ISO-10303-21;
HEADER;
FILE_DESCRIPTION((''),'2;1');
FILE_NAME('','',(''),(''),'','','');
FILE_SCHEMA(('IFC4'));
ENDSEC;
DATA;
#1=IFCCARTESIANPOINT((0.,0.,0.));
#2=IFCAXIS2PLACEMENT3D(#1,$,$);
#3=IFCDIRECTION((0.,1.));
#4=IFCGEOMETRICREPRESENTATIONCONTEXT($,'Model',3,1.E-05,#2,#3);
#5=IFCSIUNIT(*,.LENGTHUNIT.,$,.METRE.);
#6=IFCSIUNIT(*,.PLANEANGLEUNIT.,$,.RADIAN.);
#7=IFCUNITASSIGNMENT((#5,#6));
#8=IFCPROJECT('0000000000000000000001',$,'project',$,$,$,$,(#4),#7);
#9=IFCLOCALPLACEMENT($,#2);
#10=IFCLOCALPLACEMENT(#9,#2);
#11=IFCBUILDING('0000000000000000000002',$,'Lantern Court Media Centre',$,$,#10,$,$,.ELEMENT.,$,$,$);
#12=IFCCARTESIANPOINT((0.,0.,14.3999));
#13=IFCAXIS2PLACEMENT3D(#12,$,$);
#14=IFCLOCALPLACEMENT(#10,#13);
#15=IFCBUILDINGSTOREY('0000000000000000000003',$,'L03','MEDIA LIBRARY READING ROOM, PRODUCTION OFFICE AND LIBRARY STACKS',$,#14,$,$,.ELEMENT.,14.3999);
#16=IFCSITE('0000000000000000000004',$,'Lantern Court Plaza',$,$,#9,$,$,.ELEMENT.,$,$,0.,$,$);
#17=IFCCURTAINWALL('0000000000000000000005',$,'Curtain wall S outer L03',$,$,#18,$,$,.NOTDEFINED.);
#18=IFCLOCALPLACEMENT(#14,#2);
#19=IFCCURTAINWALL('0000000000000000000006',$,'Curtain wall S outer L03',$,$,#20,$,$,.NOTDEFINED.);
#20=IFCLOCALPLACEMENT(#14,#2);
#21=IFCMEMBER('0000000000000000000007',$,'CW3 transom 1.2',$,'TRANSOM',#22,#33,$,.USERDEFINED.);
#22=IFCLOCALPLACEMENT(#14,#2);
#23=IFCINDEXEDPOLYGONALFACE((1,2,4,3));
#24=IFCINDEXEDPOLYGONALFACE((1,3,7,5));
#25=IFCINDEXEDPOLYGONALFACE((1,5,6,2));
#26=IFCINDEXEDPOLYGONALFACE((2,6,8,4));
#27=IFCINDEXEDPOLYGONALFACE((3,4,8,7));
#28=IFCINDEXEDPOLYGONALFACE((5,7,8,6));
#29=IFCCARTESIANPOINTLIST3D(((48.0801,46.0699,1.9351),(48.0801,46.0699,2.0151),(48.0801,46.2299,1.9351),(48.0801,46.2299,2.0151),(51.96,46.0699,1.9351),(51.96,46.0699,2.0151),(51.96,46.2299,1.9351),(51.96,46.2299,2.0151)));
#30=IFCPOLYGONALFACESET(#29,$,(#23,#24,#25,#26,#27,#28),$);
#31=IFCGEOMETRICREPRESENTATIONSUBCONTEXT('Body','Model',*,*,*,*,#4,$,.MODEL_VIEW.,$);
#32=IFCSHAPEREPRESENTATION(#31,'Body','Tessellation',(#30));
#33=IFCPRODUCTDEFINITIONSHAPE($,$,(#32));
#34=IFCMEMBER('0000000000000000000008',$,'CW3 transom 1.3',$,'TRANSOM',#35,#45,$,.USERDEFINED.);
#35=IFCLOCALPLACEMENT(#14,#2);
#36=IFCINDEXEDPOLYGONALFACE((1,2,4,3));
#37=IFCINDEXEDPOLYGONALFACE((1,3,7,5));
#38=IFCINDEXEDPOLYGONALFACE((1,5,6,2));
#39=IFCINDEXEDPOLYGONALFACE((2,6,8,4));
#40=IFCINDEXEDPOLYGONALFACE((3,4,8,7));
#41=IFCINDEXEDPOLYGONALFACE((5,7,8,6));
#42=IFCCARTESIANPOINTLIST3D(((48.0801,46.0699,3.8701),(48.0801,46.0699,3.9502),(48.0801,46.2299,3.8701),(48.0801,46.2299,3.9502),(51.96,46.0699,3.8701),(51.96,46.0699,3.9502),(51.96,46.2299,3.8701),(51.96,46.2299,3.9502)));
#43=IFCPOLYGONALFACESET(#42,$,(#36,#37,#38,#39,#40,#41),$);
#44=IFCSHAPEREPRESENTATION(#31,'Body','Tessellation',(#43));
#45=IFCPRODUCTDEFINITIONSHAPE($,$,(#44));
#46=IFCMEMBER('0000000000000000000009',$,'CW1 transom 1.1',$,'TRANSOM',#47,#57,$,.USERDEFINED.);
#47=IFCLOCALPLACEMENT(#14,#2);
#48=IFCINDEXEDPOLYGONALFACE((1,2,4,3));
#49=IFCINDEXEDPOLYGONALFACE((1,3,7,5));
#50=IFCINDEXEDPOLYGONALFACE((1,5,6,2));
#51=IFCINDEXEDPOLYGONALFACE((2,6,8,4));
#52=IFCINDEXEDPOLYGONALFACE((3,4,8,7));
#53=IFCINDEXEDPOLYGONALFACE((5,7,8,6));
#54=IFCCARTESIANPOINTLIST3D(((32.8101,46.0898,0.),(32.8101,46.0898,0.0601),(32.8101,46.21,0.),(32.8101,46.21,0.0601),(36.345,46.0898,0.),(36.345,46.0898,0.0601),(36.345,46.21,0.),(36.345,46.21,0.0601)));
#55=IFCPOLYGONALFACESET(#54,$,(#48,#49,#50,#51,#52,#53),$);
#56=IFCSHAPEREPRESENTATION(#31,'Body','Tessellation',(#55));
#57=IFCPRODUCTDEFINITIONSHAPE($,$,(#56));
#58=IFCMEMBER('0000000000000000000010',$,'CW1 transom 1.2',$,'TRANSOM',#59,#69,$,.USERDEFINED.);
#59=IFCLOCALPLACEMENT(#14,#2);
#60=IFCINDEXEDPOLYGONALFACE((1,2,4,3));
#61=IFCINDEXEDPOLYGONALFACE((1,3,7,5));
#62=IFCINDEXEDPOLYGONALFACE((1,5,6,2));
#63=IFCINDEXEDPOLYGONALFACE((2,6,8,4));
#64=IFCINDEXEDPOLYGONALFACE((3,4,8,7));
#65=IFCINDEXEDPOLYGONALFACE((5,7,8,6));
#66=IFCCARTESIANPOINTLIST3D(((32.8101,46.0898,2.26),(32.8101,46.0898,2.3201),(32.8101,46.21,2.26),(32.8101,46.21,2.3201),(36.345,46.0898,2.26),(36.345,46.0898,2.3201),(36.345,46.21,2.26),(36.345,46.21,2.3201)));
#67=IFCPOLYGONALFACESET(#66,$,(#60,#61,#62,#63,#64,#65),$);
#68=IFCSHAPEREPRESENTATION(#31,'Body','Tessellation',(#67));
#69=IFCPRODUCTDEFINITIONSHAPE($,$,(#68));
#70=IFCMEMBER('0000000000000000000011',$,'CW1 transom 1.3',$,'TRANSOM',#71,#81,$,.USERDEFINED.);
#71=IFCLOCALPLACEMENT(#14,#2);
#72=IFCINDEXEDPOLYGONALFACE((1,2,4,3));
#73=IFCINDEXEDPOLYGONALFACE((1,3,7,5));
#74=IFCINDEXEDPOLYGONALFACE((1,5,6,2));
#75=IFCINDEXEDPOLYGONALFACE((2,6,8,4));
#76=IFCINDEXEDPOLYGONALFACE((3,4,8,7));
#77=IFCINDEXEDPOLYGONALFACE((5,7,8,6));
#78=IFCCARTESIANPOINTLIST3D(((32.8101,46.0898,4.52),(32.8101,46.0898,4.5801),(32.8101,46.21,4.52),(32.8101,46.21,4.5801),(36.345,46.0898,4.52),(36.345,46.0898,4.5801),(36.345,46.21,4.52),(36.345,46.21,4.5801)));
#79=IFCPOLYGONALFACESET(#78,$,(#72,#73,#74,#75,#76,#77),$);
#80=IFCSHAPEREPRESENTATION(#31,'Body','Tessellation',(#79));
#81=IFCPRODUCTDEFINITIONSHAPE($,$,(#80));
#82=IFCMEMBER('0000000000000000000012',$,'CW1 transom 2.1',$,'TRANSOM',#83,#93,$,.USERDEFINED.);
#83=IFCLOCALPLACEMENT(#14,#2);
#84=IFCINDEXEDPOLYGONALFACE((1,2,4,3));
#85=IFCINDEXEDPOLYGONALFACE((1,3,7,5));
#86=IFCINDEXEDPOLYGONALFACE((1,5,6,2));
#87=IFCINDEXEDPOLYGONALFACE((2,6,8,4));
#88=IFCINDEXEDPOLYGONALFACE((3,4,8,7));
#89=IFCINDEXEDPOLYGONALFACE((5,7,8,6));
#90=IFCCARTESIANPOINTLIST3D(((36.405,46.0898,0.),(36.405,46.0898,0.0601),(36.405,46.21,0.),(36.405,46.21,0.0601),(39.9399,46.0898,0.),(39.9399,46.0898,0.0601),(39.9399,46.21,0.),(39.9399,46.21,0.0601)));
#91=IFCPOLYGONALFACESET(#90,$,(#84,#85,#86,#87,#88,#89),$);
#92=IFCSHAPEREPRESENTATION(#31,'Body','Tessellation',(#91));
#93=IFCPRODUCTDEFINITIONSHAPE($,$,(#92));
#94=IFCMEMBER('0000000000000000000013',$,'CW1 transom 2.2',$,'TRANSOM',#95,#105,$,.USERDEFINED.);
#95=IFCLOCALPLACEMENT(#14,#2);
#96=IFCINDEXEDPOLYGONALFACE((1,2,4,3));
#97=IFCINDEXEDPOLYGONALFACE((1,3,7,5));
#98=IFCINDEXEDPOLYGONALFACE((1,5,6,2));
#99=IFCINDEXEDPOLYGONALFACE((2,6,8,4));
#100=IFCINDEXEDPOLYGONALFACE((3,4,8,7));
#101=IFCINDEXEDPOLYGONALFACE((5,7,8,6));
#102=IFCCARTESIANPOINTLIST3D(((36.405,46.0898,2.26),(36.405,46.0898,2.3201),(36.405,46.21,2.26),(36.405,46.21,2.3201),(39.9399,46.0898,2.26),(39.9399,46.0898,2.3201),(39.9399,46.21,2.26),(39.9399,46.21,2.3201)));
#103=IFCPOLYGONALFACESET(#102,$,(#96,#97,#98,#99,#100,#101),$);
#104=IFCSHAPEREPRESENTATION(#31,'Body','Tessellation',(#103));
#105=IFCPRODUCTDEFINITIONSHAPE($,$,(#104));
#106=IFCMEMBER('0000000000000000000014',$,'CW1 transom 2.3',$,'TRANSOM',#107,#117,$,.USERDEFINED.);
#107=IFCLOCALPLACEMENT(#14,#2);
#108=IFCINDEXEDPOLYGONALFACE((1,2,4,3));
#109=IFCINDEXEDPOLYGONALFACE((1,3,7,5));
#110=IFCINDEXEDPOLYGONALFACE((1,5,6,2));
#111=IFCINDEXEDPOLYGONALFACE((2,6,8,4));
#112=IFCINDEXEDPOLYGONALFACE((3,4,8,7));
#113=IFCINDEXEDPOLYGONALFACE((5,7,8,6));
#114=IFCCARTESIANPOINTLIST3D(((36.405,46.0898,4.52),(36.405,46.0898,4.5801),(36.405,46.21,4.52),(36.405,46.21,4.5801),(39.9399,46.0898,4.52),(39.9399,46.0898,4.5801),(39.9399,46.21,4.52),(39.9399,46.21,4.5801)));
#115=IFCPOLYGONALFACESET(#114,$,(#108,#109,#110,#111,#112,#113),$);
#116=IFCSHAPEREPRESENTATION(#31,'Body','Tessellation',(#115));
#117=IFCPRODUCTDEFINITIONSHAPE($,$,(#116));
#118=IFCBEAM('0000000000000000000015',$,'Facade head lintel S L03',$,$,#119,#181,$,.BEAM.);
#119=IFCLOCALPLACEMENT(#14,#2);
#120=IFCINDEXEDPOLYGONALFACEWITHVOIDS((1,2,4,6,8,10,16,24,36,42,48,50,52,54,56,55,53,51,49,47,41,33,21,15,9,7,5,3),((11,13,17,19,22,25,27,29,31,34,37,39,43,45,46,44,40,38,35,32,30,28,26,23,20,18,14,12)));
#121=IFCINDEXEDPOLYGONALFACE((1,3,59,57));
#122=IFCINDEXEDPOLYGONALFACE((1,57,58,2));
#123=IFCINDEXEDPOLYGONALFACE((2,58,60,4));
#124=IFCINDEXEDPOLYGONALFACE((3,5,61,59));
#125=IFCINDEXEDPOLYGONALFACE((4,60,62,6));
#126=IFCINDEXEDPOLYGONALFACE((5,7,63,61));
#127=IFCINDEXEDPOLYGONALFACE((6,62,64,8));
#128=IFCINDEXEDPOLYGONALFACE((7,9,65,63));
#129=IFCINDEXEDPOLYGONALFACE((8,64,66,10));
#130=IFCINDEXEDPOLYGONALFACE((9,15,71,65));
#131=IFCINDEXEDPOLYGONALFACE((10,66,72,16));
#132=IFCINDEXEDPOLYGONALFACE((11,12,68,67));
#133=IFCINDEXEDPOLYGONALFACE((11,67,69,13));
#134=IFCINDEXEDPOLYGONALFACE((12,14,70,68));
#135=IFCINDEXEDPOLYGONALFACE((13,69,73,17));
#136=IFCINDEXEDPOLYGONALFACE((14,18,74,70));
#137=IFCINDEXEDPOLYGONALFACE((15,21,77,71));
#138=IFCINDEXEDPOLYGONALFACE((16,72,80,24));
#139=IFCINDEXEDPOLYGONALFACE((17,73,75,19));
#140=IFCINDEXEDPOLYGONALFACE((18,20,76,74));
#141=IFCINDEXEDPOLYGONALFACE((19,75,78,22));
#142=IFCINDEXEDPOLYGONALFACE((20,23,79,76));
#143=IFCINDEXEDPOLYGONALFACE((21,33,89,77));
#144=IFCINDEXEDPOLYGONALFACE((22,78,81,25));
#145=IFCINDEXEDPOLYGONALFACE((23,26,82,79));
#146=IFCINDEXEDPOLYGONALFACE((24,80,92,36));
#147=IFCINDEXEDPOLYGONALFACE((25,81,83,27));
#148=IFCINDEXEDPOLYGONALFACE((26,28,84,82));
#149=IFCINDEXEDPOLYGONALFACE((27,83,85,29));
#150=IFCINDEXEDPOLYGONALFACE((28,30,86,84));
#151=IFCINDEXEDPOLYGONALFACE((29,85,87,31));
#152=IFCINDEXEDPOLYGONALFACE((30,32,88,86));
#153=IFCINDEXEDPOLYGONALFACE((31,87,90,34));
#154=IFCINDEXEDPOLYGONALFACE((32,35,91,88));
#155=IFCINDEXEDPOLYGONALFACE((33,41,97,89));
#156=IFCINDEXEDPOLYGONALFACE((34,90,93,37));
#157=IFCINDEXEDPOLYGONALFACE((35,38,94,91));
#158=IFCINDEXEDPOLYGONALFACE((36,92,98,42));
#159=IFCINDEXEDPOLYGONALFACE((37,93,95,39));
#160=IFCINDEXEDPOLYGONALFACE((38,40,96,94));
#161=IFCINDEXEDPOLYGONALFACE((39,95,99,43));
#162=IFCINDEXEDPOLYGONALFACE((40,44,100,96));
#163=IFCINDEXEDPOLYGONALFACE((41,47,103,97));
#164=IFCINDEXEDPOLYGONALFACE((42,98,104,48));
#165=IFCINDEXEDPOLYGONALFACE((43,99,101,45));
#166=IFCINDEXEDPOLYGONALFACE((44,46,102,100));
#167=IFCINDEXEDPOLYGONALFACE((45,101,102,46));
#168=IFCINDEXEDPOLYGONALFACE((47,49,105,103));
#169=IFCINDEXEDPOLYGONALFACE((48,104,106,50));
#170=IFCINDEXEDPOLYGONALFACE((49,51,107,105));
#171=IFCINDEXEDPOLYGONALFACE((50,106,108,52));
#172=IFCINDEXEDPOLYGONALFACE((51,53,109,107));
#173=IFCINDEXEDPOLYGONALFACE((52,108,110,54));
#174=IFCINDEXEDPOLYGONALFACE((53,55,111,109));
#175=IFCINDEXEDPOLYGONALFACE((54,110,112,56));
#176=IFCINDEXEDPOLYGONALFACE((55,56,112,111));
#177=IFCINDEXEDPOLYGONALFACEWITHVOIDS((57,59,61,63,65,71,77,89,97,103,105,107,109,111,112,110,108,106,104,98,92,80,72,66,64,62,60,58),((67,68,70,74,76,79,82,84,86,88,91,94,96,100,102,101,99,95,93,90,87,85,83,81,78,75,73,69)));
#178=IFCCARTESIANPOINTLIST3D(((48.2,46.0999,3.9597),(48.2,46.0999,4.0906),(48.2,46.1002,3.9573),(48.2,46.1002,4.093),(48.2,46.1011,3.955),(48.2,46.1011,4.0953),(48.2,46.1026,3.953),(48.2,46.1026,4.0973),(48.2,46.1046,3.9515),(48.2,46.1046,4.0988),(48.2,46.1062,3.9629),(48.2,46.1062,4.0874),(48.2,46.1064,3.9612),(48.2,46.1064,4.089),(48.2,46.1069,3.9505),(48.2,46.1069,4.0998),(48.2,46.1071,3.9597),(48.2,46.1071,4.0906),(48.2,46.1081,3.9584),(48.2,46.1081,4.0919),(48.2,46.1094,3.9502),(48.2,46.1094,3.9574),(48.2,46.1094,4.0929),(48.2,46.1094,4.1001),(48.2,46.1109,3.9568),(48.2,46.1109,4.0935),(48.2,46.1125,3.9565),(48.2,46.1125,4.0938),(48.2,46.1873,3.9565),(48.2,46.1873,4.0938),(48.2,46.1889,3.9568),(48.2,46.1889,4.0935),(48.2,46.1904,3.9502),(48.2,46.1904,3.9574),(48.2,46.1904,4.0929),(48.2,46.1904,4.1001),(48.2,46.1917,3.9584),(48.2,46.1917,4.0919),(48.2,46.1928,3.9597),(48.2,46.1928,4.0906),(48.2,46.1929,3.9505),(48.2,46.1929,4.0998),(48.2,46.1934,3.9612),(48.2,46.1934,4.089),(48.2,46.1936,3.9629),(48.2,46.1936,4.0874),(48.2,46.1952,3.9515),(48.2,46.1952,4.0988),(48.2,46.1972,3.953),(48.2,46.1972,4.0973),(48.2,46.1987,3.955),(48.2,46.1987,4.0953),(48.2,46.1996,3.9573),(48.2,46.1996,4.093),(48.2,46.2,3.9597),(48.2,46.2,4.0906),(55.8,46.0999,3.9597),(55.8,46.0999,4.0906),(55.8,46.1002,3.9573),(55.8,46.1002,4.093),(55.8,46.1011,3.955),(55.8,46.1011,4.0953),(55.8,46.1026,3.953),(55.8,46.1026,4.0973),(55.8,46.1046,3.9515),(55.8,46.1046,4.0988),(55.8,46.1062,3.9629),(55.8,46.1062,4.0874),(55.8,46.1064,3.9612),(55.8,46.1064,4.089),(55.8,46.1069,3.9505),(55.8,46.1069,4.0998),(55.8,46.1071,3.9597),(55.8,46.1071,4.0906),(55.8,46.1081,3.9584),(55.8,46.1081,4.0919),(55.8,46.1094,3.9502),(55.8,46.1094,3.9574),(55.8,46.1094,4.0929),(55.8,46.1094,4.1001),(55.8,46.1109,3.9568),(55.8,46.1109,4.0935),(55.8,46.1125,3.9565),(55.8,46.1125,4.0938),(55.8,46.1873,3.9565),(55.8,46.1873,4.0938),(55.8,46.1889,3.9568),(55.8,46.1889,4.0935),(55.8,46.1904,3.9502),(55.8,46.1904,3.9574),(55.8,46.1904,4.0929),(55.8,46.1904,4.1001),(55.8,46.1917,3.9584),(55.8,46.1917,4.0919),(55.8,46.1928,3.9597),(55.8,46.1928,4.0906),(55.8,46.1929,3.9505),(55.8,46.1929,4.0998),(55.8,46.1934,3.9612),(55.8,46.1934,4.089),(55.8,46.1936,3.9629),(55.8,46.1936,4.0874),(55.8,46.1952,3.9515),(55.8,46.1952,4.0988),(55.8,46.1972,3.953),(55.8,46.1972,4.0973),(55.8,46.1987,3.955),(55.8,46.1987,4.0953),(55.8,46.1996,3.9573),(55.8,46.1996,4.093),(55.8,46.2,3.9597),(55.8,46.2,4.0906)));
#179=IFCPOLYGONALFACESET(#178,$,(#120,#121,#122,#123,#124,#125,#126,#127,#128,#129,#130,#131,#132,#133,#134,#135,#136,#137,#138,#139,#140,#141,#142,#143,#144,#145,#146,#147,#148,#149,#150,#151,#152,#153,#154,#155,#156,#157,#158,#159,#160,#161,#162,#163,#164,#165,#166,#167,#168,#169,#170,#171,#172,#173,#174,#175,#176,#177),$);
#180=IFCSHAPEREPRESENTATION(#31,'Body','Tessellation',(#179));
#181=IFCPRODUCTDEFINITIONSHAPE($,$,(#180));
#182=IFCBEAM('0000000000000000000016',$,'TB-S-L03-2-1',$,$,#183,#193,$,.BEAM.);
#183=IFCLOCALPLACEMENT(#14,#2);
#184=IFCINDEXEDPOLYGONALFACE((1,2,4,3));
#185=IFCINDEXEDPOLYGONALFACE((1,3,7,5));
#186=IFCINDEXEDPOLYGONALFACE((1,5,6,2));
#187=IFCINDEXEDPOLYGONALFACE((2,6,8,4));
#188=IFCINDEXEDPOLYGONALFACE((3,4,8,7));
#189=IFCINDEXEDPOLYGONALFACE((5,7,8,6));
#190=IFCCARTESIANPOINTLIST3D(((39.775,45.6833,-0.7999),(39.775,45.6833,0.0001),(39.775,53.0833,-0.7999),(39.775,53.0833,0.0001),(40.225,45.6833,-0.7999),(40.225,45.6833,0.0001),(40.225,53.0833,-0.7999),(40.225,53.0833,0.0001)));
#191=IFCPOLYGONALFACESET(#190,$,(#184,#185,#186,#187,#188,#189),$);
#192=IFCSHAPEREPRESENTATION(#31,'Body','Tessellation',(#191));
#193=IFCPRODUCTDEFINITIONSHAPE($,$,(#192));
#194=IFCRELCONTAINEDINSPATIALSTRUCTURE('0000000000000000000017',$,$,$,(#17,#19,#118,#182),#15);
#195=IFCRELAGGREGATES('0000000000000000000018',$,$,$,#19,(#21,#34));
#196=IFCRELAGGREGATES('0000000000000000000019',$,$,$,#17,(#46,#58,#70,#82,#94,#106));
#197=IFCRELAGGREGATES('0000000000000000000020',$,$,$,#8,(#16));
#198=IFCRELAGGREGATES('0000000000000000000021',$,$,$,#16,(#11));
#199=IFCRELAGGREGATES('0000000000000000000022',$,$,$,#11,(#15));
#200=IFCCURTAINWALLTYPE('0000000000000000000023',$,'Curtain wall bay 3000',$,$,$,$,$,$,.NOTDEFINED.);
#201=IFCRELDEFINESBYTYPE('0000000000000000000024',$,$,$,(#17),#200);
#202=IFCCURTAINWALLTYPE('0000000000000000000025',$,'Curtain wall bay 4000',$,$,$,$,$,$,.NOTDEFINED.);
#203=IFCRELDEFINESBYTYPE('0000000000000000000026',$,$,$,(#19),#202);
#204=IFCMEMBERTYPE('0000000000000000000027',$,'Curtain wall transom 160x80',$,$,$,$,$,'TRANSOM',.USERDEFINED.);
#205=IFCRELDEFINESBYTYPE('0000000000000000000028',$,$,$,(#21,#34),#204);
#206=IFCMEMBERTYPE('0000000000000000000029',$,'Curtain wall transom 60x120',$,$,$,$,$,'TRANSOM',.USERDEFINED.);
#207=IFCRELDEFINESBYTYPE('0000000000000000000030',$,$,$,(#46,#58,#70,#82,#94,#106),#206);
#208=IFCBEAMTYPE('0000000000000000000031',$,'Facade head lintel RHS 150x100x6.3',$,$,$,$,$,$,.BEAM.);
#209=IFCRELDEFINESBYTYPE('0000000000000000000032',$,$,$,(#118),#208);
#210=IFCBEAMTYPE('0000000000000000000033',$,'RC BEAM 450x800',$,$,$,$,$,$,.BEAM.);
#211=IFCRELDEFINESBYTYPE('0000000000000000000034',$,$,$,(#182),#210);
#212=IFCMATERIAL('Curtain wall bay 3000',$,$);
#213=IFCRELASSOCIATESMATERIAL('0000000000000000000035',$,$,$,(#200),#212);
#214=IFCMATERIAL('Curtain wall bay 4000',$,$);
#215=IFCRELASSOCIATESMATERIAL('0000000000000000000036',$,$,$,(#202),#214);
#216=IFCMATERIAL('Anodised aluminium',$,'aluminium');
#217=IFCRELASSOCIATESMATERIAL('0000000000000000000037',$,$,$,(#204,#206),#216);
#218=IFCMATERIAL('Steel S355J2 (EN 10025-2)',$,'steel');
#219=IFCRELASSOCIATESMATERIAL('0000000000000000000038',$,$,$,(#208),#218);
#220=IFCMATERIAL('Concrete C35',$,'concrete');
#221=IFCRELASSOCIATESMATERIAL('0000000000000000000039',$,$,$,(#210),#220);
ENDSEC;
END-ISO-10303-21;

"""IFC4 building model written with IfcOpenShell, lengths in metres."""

from ifc_helpers import new_model, si_unit, direction, frame, origin, origin_2d, place, context, subcontext, project, spatial, rectangle, hollow_rectangle, extrude, material, material_profile, profile_set, type_object, element, aggregate, save


model = new_model("IFC4")

# Units and contexts
model_context = context("Model", 3, precision=1e-05, world=origin(), true_north=direction((0.0, 1.0)))
body_context = subcontext(model_context, "Body", "Model", "MODEL_VIEW")
ifc_project = project(units=[si_unit("LENGTHUNIT", "METRE"), si_unit("PLANEANGLEUNIT", "RADIAN")], contexts=[model_context])

# Site, building, storey
site_placement = place(None, origin())
site = spatial("IfcSite", under=ifc_project, at=site_placement, Name="Lantern Court Plaza", CompositionType="ELEMENT", RefElevation=0.0)
building_placement = place(site_placement, origin())
building = spatial("IfcBuilding", under=site, at=building_placement, Name="Lantern Court Media Centre", CompositionType="ELEMENT")
storey_placement = place(building_placement, frame((0.0, 0.0, 14.3999)))
storey = spatial("IfcBuildingStorey", under=building, at=storey_placement, Name="L03", Description="MEDIA LIBRARY READING ROOM, PRODUCTION OFFICE AND LIBRARY STACKS", CompositionType="ELEMENT", Elevation=14.3999)

# Curtain wall
ifc_material_1 = material(Name="Curtain wall bay 3000")
curtain_wall_type_1 = type_object("IfcCurtainWallType", Name="Curtain wall bay 3000", PredefinedType="NOTDEFINED", material=ifc_material_1)
curtain_wall_1_placement = place(storey_placement, origin())
curtain_wall_1 = element("IfcCurtainWall", 1, at=curtain_wall_1_placement, inside=storey, type_object=curtain_wall_type_1, Name="Curtain wall S outer L03", PredefinedType="NOTDEFINED")
ifc_material_2 = material(Name="Anodised aluminium", Category="aluminium")
ifc_material_3 = material(Name="Curtain wall bay 4000")
curtain_wall_type_2 = type_object("IfcCurtainWallType", Name="Curtain wall bay 4000", PredefinedType="NOTDEFINED", material=ifc_material_3)

# Curtain wall
curtain_wall_2_placement = place(storey_placement, origin())
curtain_wall_2 = element("IfcCurtainWall", 2, at=curtain_wall_2_placement, inside=storey, type_object=curtain_wall_type_2, Name="Curtain wall S outer L03", PredefinedType="NOTDEFINED")

# Members
ifc_material_profile_1 = material_profile(ifc_material_2, rectangle(XDim=0.1599, YDim=0.0801, at=origin_2d()), Name="AL 80x160")
ifc_profile_set_1 = profile_set([ifc_material_profile_1], Name="Anodised aluminium")
member_type_1 = type_object("IfcMemberType", Name="Curtain wall transom 160x80", ElementType="TRANSOM", PredefinedType="USERDEFINED", material=ifc_profile_set_1)
member_1_placement = place(storey_placement, frame((48.0801, 46.1499, 1.9751), z_axis=(1.0, 0.0, 0.0), x_axis=(0.0, 1.0, 0.0)))
member_1 = element("IfcMember", 3, at=member_1_placement, type_object=member_type_1, Name="CW3 transom 1.2", ObjectType="TRANSOM", PredefinedType="USERDEFINED", context=body_context, shape_type="SweptSolid", body=[
    extrude(rectangle(XDim=0.1599, YDim=0.0801, at=origin_2d()), origin(), (0.0, 0.0, 1.0), 3.8799),
])
member_2_placement = place(storey_placement, frame((48.0801, 46.1499, 3.9102), z_axis=(1.0, 0.0, 0.0), x_axis=(0.0, 1.0, 0.0)))
member_2 = element("IfcMember", 4, at=member_2_placement, type_object=member_type_1, Name="CW3 transom 1.3", ObjectType="TRANSOM", PredefinedType="USERDEFINED", context=body_context, shape_type="SweptSolid", body=[
    extrude(rectangle(XDim=0.1599, YDim=0.0801, at=origin_2d()), origin(), (0.0, 0.0, 1.0), 3.8799),
])
aggregate(curtain_wall_2, [member_1, member_2])
ifc_material_profile_2 = material_profile(ifc_material_2, rectangle(XDim=0.1201, YDim=0.0601, at=origin_2d()), Name="AL 60x120")
ifc_profile_set_2 = profile_set([ifc_material_profile_2], Name="Anodised aluminium")
member_type_2 = type_object("IfcMemberType", Name="Curtain wall transom 60x120", ElementType="TRANSOM", PredefinedType="USERDEFINED", material=ifc_profile_set_2)
member_3_placement = place(storey_placement, frame((32.8101, 46.1499, 0.03), z_axis=(1.0, 0.0, 0.0), x_axis=(0.0, 1.0, 0.0)))
member_3 = element("IfcMember", 5, at=member_3_placement, type_object=member_type_2, Name="CW1 transom 1.1", ObjectType="TRANSOM", PredefinedType="USERDEFINED", context=body_context, shape_type="SweptSolid", body=[
    extrude(rectangle(XDim=0.1201, YDim=0.0601, at=origin_2d()), origin(), (0.0, 0.0, 1.0), 3.5349),
])
member_4_placement = place(storey_placement, frame((32.8101, 46.1499, 2.29), z_axis=(1.0, 0.0, 0.0), x_axis=(0.0, 1.0, 0.0)))
member_4 = element("IfcMember", 6, at=member_4_placement, type_object=member_type_2, Name="CW1 transom 1.2", ObjectType="TRANSOM", PredefinedType="USERDEFINED", context=body_context, shape_type="SweptSolid", body=[
    extrude(rectangle(XDim=0.1201, YDim=0.0601, at=origin_2d()), origin(), (0.0, 0.0, 1.0), 3.5349),
])
member_5_placement = place(storey_placement, frame((32.8101, 46.1499, 4.55), z_axis=(1.0, 0.0, 0.0), x_axis=(0.0, 1.0, 0.0)))
member_5 = element("IfcMember", 7, at=member_5_placement, type_object=member_type_2, Name="CW1 transom 1.3", ObjectType="TRANSOM", PredefinedType="USERDEFINED", context=body_context, shape_type="SweptSolid", body=[
    extrude(rectangle(XDim=0.1201, YDim=0.0601, at=origin_2d()), origin(), (0.0, 0.0, 1.0), 3.5349),
])
member_6_placement = place(storey_placement, frame((36.405, 46.1499, 0.03), z_axis=(1.0, 0.0, 0.0), x_axis=(0.0, 1.0, 0.0)))
member_6 = element("IfcMember", 8, at=member_6_placement, type_object=member_type_2, Name="CW1 transom 2.1", ObjectType="TRANSOM", PredefinedType="USERDEFINED", context=body_context, shape_type="SweptSolid", body=[
    extrude(rectangle(XDim=0.1201, YDim=0.0601, at=origin_2d()), origin(), (0.0, 0.0, 1.0), 3.5349),
])
member_7_placement = place(storey_placement, frame((36.405, 46.1499, 2.29), z_axis=(1.0, 0.0, 0.0), x_axis=(0.0, 1.0, 0.0)))
member_7 = element("IfcMember", 9, at=member_7_placement, type_object=member_type_2, Name="CW1 transom 2.2", ObjectType="TRANSOM", PredefinedType="USERDEFINED", context=body_context, shape_type="SweptSolid", body=[
    extrude(rectangle(XDim=0.1201, YDim=0.0601, at=origin_2d()), origin(), (0.0, 0.0, 1.0), 3.5349),
])
member_8_placement = place(storey_placement, frame((36.405, 46.1499, 4.55), z_axis=(1.0, 0.0, 0.0), x_axis=(0.0, 1.0, 0.0)))
member_8 = element("IfcMember", 10, at=member_8_placement, type_object=member_type_2, Name="CW1 transom 2.3", ObjectType="TRANSOM", PredefinedType="USERDEFINED", context=body_context, shape_type="SweptSolid", body=[
    extrude(rectangle(XDim=0.1201, YDim=0.0601, at=origin_2d()), origin(), (0.0, 0.0, 1.0), 3.5349),
])

# Beams
ifc_material_4 = material(Name="Steel S355J2 (EN 10025-2)", Category="steel")
ifc_material_profile_3 = material_profile(ifc_material_4, hollow_rectangle(XDim=0.1001, YDim=0.1499, WallThickness=0.0063, InnerFilletRadius=0.0063, OuterFilletRadius=0.0095, at=origin_2d()), Name="Facade head lintel RHS 150x100x6.3")
ifc_profile_set_3 = profile_set([ifc_material_profile_3], Name="Steel S355J2 (EN 10025-2)")
beam_type_1 = type_object("IfcBeamType", Name="Facade head lintel RHS 150x100x6.3", PredefinedType="BEAM", material=ifc_profile_set_3)
beam_1_placement = place(storey_placement, frame((48.2, 46.1499, 4.0251), z_axis=(1.0, 0.0, 0.0), x_axis=(0.0, 1.0, 0.0)))
element("IfcBeam", 11, at=beam_1_placement, inside=storey, type_object=beam_type_1, Name="Facade head lintel S L03", PredefinedType="BEAM", context=body_context, shape_type="SweptSolid", body=[
    extrude(hollow_rectangle(XDim=0.1001, YDim=0.1499, WallThickness=0.0063, InnerFilletRadius=0.0063, OuterFilletRadius=0.0095, at=origin_2d()), origin(), (0.0, 0.0, 1.0), 7.6001),
])
ifc_material_5 = material(Name="Concrete C35", Category="concrete")
ifc_material_profile_4 = material_profile(ifc_material_5, rectangle(XDim=0.45, YDim=0.8, at=origin_2d()), Name="RC 450x800")
ifc_profile_set_4 = profile_set([ifc_material_profile_4], Name="Concrete C35")
beam_type_2 = type_object("IfcBeamType", Name="RC BEAM 450x800", PredefinedType="BEAM", material=ifc_profile_set_4)
beam_2_placement = place(storey_placement, frame((40.0, 45.6833, -0.3999), z_axis=(0.0, 1.0, 0.0), x_axis=(-1.0, 0.0, 0.0)))
element("IfcBeam", 12, at=beam_2_placement, inside=storey, type_object=beam_type_2, Name="TB-S-L03-2-1", PredefinedType="BEAM", context=body_context, shape_type="SweptSolid", body=[
    extrude(rectangle(XDim=0.45, YDim=0.8, at=origin_2d()), origin(), (0.0, 0.0, 1.0), 7.3999),
])

aggregate(curtain_wall_1, [member_3, member_4, member_5, member_6, member_7, member_8])

save(model, "model.ifc")
